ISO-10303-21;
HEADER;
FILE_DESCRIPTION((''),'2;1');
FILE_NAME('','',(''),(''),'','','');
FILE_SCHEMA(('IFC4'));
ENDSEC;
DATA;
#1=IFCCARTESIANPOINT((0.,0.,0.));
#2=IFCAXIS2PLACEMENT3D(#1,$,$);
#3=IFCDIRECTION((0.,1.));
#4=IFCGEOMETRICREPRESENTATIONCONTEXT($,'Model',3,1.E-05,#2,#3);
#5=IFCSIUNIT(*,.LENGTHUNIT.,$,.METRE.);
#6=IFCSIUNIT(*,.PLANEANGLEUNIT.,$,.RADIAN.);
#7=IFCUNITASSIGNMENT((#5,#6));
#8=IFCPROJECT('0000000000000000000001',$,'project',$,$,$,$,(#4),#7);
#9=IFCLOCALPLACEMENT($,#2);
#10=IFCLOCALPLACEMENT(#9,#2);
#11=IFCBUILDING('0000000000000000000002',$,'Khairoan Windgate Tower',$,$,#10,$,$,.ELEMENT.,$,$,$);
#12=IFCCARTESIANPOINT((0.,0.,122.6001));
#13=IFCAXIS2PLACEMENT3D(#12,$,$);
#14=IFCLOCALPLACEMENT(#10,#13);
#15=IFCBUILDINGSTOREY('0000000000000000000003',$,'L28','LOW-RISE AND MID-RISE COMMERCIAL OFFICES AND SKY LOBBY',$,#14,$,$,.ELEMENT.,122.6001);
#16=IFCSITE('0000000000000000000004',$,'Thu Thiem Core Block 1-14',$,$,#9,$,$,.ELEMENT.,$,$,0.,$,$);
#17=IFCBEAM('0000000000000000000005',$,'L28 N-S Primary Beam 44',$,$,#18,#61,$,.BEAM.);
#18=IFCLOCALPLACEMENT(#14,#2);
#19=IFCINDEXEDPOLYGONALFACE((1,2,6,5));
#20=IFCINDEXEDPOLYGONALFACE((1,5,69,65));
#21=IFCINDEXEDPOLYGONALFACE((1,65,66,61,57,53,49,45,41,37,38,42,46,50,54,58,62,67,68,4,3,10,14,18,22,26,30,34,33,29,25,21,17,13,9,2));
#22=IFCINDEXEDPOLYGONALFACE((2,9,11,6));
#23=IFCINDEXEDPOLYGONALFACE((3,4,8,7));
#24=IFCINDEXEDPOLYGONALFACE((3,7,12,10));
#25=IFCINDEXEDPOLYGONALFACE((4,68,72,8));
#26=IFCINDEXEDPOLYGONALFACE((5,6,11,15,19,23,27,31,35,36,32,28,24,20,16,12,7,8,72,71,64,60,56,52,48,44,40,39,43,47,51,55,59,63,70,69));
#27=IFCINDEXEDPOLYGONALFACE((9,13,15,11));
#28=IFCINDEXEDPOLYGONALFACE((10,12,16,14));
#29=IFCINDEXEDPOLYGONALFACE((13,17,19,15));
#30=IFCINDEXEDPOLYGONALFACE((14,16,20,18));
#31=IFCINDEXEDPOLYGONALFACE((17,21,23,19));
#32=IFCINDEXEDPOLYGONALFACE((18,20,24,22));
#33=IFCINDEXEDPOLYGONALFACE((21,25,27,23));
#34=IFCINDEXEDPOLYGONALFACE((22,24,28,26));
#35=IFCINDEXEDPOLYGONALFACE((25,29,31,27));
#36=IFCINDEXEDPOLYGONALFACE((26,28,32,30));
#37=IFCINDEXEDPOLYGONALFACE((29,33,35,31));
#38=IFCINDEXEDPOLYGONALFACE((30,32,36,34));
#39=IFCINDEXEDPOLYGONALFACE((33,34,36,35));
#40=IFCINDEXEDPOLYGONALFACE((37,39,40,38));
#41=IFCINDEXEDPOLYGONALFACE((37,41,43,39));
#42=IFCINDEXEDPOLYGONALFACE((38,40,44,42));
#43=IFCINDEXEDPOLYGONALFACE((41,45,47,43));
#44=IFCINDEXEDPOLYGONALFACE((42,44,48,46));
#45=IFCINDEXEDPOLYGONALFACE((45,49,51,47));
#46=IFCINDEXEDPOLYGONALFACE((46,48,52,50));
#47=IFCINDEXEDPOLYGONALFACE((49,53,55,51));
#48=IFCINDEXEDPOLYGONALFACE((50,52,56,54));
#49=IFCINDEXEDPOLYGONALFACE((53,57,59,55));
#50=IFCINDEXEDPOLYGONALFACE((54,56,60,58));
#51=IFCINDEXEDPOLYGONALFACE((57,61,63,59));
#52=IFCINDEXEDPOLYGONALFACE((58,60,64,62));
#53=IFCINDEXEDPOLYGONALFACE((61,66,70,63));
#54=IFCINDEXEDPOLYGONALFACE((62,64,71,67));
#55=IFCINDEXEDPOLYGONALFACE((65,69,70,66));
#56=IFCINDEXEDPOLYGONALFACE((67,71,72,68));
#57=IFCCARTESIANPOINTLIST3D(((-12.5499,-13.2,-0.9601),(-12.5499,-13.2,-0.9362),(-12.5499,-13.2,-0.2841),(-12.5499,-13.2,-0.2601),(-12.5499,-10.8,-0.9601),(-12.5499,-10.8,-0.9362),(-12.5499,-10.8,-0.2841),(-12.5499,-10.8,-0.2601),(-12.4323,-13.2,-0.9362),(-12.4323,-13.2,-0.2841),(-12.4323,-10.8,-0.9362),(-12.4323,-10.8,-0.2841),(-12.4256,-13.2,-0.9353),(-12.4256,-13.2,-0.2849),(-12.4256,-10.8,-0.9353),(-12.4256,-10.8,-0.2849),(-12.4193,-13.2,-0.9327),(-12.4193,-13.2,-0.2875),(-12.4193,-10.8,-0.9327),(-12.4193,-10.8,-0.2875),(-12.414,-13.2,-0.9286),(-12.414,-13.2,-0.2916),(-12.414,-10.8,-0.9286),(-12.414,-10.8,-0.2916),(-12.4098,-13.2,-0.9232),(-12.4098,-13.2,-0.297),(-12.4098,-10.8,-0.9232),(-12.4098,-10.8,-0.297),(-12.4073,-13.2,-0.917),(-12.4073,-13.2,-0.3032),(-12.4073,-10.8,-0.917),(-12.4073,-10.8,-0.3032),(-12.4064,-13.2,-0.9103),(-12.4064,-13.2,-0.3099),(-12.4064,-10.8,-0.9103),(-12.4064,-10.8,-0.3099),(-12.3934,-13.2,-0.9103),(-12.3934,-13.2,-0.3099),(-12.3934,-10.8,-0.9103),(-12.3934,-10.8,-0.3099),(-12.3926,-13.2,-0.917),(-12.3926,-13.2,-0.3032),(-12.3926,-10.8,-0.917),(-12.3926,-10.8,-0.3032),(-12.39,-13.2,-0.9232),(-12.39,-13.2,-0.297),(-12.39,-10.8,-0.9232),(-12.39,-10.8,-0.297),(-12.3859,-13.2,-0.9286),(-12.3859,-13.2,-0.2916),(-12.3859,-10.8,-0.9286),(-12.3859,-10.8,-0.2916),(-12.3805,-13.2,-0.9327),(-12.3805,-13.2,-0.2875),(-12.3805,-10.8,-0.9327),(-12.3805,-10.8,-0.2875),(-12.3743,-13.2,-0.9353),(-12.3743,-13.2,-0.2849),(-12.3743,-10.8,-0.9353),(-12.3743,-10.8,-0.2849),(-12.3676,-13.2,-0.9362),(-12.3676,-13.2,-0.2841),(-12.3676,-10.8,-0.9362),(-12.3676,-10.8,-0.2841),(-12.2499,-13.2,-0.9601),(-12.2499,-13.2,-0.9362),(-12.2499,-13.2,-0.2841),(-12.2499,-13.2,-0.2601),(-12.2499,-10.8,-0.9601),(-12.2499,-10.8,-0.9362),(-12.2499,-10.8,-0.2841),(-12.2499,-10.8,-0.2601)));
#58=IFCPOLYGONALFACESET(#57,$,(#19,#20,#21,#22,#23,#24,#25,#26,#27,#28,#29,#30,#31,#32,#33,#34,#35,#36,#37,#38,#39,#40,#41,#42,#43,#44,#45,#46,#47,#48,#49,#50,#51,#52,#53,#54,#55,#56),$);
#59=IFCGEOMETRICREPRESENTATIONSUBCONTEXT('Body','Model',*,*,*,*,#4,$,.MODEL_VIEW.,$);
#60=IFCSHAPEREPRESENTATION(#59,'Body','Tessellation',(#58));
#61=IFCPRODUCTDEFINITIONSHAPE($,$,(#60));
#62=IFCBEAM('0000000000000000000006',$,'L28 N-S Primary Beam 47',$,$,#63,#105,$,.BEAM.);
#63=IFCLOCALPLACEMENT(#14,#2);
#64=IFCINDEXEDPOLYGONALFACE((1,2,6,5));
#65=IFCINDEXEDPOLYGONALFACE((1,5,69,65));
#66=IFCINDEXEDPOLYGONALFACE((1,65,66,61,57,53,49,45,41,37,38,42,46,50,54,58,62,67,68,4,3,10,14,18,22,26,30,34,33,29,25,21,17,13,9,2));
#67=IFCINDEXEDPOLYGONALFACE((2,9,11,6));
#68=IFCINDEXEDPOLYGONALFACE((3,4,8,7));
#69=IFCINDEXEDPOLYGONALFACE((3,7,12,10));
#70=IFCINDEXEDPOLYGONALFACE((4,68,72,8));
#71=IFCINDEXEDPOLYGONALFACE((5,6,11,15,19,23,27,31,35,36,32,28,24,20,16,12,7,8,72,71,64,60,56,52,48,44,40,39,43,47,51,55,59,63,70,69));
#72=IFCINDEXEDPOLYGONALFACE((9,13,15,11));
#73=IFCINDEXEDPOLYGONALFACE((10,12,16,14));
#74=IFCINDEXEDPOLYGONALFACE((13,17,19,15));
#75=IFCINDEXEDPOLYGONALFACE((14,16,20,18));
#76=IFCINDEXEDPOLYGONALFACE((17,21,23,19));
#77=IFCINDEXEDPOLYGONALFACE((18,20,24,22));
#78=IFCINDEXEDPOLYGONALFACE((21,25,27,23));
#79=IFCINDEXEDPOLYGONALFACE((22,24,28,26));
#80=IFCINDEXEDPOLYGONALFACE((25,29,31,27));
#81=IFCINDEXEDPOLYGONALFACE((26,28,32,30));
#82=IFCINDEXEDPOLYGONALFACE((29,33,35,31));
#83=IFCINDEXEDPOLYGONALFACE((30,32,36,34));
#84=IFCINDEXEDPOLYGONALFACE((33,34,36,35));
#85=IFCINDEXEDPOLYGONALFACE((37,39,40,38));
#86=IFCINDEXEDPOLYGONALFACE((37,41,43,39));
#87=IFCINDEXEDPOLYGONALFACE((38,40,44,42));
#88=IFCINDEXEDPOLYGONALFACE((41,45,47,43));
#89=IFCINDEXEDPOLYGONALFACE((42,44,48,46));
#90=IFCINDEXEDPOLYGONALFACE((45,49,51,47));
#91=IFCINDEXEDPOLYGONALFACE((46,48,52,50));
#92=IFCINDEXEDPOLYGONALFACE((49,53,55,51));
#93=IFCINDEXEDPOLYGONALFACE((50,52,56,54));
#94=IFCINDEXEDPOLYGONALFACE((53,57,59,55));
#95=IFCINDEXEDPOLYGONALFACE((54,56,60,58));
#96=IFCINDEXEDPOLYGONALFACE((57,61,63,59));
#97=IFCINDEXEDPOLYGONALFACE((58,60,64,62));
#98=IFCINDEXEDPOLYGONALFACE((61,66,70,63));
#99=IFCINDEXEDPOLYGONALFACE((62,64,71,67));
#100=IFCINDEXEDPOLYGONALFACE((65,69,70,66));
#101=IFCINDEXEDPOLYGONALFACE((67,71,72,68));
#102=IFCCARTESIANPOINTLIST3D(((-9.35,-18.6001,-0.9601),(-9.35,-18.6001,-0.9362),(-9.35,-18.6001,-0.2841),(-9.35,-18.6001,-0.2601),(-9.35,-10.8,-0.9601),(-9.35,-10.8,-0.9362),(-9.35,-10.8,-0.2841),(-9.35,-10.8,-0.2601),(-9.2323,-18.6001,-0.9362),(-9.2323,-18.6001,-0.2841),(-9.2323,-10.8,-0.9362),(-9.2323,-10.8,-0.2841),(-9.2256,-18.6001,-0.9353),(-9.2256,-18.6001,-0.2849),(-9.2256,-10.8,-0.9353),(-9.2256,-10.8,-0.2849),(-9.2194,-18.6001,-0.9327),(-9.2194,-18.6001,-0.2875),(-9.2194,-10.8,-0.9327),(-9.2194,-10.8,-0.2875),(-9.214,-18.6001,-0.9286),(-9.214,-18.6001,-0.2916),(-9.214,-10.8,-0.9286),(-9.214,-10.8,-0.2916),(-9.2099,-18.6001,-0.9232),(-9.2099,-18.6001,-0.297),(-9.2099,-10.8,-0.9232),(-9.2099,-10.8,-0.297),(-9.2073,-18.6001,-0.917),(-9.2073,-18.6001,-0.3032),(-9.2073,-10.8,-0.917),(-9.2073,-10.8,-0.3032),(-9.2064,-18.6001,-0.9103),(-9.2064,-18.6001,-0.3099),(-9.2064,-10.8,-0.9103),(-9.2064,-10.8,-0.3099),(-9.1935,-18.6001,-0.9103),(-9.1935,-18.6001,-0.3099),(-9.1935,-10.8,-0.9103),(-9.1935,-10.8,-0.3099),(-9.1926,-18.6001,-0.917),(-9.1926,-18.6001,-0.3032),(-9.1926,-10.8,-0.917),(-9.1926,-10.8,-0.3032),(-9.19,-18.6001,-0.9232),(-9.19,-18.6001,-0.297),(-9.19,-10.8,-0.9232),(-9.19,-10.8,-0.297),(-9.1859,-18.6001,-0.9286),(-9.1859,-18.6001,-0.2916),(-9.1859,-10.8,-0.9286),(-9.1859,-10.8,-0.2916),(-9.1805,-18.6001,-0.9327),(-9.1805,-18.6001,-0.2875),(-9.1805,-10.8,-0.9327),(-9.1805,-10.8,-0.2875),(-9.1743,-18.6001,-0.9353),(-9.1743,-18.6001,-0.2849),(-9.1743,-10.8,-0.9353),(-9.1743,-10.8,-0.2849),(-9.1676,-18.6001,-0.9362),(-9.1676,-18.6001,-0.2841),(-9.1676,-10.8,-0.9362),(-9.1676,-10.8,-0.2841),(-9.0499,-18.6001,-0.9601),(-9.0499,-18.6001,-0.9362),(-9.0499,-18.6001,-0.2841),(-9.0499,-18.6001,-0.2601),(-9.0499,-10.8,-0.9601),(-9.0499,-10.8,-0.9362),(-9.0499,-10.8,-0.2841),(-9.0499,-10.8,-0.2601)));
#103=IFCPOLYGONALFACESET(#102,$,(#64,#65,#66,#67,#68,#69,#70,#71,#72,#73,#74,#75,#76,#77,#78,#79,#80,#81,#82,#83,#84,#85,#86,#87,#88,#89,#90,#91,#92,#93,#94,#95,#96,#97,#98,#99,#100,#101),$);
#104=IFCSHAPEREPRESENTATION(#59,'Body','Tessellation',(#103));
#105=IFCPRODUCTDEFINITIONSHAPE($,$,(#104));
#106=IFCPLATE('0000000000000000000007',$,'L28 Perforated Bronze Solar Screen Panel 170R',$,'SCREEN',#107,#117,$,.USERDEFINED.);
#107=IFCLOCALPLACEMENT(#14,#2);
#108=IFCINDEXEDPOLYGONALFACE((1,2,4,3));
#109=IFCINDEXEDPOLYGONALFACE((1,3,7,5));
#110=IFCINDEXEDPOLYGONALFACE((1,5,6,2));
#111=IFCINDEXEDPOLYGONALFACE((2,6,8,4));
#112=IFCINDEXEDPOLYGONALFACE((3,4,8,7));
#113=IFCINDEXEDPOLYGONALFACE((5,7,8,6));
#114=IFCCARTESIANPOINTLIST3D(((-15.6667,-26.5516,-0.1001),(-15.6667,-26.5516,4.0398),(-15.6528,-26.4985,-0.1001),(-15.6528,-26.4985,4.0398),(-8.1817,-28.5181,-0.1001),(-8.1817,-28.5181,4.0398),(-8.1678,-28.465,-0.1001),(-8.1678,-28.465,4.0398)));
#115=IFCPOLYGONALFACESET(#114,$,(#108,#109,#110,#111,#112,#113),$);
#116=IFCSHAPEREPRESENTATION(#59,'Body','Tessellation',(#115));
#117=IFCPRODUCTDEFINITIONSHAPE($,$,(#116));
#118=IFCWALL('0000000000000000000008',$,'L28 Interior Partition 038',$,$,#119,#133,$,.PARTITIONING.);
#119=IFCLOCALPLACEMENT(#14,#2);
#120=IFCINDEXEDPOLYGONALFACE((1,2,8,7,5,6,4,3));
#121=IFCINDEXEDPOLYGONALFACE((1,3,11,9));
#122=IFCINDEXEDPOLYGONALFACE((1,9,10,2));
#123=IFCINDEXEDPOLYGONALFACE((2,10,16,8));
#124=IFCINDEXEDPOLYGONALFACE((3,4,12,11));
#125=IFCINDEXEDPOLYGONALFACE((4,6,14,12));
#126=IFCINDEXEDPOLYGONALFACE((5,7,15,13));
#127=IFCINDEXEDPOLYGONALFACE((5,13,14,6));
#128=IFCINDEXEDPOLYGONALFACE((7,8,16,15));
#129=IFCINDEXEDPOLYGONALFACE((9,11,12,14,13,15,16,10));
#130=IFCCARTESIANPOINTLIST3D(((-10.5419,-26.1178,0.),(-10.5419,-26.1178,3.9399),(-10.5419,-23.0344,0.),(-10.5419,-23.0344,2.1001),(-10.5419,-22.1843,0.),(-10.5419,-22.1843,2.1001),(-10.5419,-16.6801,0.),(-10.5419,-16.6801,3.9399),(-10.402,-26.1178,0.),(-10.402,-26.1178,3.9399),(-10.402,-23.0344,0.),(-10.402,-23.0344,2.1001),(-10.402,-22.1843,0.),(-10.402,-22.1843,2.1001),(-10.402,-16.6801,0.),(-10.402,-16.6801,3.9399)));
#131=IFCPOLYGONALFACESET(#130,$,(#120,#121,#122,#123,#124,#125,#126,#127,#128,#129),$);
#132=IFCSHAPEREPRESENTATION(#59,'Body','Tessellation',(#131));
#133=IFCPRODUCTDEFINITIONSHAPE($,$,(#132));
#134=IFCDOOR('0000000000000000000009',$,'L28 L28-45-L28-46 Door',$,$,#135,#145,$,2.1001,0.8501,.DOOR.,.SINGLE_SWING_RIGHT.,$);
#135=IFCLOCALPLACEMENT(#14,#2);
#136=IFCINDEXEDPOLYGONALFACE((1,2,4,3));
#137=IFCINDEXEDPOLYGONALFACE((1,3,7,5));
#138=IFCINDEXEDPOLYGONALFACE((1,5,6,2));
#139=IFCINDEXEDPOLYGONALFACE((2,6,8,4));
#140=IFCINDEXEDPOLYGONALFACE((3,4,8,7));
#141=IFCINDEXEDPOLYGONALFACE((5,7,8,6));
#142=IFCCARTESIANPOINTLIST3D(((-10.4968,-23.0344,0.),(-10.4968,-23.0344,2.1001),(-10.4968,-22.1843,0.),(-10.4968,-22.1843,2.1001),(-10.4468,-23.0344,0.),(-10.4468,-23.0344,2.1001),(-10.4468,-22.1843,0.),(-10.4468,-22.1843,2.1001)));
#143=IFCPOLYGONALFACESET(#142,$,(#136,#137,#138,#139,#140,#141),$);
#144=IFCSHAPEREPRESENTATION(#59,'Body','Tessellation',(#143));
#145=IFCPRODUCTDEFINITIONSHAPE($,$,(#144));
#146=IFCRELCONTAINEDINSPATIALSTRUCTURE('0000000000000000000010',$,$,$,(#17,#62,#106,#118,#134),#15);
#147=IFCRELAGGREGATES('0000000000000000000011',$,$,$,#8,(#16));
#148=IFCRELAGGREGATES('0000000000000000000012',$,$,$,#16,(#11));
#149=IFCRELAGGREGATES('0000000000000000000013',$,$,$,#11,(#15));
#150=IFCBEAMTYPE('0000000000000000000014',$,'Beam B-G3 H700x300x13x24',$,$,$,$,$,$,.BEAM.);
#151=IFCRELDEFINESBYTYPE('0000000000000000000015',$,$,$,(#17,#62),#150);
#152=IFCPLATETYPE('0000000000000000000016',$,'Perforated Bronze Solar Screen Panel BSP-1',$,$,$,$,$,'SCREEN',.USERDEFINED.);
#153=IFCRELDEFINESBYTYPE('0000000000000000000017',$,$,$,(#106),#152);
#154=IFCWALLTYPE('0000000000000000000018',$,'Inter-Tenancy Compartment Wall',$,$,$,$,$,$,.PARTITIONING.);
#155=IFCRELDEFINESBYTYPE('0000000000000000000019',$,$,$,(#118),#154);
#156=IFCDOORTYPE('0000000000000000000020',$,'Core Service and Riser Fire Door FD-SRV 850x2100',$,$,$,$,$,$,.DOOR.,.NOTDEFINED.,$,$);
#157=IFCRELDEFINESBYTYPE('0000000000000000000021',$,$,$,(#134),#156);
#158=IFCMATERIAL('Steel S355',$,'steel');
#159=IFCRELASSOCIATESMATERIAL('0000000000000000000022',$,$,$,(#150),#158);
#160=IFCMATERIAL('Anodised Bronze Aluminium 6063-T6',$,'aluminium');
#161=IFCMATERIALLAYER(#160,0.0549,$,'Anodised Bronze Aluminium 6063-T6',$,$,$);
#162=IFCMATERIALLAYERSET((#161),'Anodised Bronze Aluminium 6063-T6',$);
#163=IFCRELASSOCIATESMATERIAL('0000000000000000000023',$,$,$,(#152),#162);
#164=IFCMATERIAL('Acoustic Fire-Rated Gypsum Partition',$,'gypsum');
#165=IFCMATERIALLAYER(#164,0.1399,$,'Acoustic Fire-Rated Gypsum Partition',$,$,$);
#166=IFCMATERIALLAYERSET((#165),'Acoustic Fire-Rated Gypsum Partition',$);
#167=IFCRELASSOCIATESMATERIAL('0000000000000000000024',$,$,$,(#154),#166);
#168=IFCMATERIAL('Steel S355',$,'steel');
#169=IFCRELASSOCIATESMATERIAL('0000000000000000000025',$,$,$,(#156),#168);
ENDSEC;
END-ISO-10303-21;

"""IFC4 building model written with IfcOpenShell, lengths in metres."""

from ifc_helpers import new_model, si_unit, direction, frame, frame_2d, origin, origin_2d, place, context, subcontext, project, spatial, rectangle, i_section, extrude, material, layer, layer_set, material_profile, profile_set, type_object, element, fill, save


model = new_model("IFC4")

# Units and contexts
model_context = context("Model", 3, precision=1e-05, world=origin(), true_north=direction((0.0, 1.0)))
body_context = subcontext(model_context, "Body", "Model", "MODEL_VIEW")
ifc_project = project(units=[si_unit("LENGTHUNIT", "METRE"), si_unit("PLANEANGLEUNIT", "RADIAN")], contexts=[model_context])

# Site, building, storey
site_placement = place(None, origin())
site = spatial("IfcSite", under=ifc_project, at=site_placement, Name="Thu Thiem Core Block 1-14", CompositionType="ELEMENT", RefElevation=0.0)
building_placement = place(site_placement, origin())
building = spatial("IfcBuilding", under=site, at=building_placement, Name="Khairoan Windgate Tower", CompositionType="ELEMENT")
storey_placement = place(building_placement, frame((0.0, 0.0, 122.6001)))
storey = spatial("IfcBuildingStorey", under=building, at=storey_placement, Name="L28", Description="LOW-RISE AND MID-RISE COMMERCIAL OFFICES AND SKY LOBBY", CompositionType="ELEMENT", Elevation=122.6001)

# Beams
ifc_material_1 = material(Name="Steel S355", Category="steel")
ifc_material_profile_1 = material_profile(ifc_material_1, i_section(OverallWidth=0.3, OverallDepth=0.7, WebThickness=0.0129, FlangeThickness=0.0239, FilletRadius=0.0259, at=origin_2d()))
ifc_profile_set_1 = profile_set([ifc_material_profile_1], Name="Steel S355")
beam_type = type_object("IfcBeamType", Name="Beam B-G3 H700x300x13x24", PredefinedType="BEAM", material=ifc_profile_set_1)
beam_1_placement = place(storey_placement, frame((-12.3999, -13.2, -0.6101), z_axis=(0.0, 1.0, 0.0), x_axis=(-1.0, 0.0, 0.0)))
element("IfcBeam", 1, at=beam_1_placement, inside=storey, type_object=beam_type, Name="L28 N-S Primary Beam 44", PredefinedType="BEAM", context=body_context, shape_type="SweptSolid", body=[
    extrude(i_section(OverallWidth=0.3, OverallDepth=0.7, WebThickness=0.0129, FlangeThickness=0.0239, FilletRadius=0.0259, at=origin_2d()), origin(), (0.0, 0.0, 1.0), 2.3999),
])
beam_2_placement = place(storey_placement, frame((-9.2, -18.6001, -0.6101), z_axis=(0.0, 1.0, 0.0), x_axis=(-1.0, 0.0, 0.0)))
element("IfcBeam", 2, at=beam_2_placement, inside=storey, type_object=beam_type, Name="L28 N-S Primary Beam 47", PredefinedType="BEAM", context=body_context, shape_type="SweptSolid", body=[
    extrude(i_section(OverallWidth=0.3, OverallDepth=0.7, WebThickness=0.0129, FlangeThickness=0.0239, FilletRadius=0.0259, at=origin_2d()), origin(), (0.0, 0.0, 1.0), 7.8),
])

# Plate
ifc_material_2 = material(Name="Anodised Bronze Aluminium 6063-T6", Category="aluminium")
ifc_layer_1 = layer(ifc_material_2, 0.0549, Name="Anodised Bronze Aluminium 6063-T6")
ifc_layer_set_1 = layer_set([ifc_layer_1], Name="Anodised Bronze Aluminium 6063-T6")
plate_type = type_object("IfcPlateType", Name="Perforated Bronze Solar Screen Panel BSP-1", ElementType="SCREEN", PredefinedType="USERDEFINED", material=ifc_layer_set_1)
plate_placement = place(storey_placement, frame((-11.9172, -27.5083, -0.1001), z_axis=(0.0, 0.0, 1.0), x_axis=(-0.967179, 0.254096, 0.0)))
element("IfcPlate", 3, at=plate_placement, inside=storey, type_object=plate_type, Name="L28 Perforated Bronze Solar Screen Panel 170R", ObjectType="SCREEN", PredefinedType="USERDEFINED", context=body_context, shape_type="SweptSolid", body=[
    extrude(rectangle(XDim=7.739, YDim=0.0549, at=origin_2d()), origin(), (0.0, 0.0, 1.0), 4.1399),
])

# Wall, opening, door
ifc_material_3 = material(Name="Acoustic Fire-Rated Gypsum Partition", Category="gypsum")
ifc_layer_2 = layer(ifc_material_3, 0.1399, Name="Acoustic Fire-Rated Gypsum Partition")
ifc_layer_set_2 = layer_set([ifc_layer_2], Name="Acoustic Fire-Rated Gypsum Partition")
wall_type_1 = type_object("IfcWallType", Name="Inter-Tenancy Compartment Wall", PredefinedType="PARTITIONING", material=ifc_layer_set_2)
wall_1_placement = place(storey_placement, frame((-10.4719, -26.1177, 0.0), z_axis=(0.0, 0.0, 1.0), x_axis=(0.0, 1.0, 0.0)))
wall_1 = element("IfcWall", 4, at=wall_1_placement, inside=storey, type_object=wall_type_1, Name="L28 Interior Partition 038", PredefinedType="PARTITIONING", context=body_context, shape_type="SweptSolid", body=[
    extrude(rectangle(XDim=9.4377, YDim=0.1399, at=frame_2d((4.7188, 0.0))), origin(), (0.0, 0.0, 1.0), 3.9399),
])
opening_1_placement = place(wall_1_placement, frame((3.0833, 0.0, 0.0)))
opening_1 = element("IfcOpeningElement", 5, at=opening_1_placement, cuts=wall_1, PredefinedType="OPENING", context=body_context, shape_type="SweptSolid", body=[
    extrude(rectangle(XDim=0.8501, YDim=2.1001, at=frame_2d((0.425, 1.05))), frame((0.0, 0.0798, 0.0), z_axis=(0.0, -1.0, 0.0), x_axis=(1.0, 0.0, 0.0)), (0.0, 0.0, 1.0), 0.1599),
])
ifc_material_4 = material(Name="Steel S355", Category="steel")
door_type_1 = type_object("IfcDoorType", Name="Core Service and Riser Fire Door FD-SRV 850x2100", OperationType="NOTDEFINED", PredefinedType="DOOR", material=ifc_material_4)
door_1_placement = place(opening_1_placement, origin())
door_1 = element("IfcDoor", 6, at=door_1_placement, inside=storey, type_object=door_type_1, Name="L28 L28-45-L28-46 Door", OperationType="SINGLE_SWING_RIGHT", OverallHeight=2.1001, OverallWidth=0.8501, PredefinedType="DOOR", context=body_context, shape_type="SweptSolid", body=[
    extrude(rectangle(XDim=0.8501, YDim=2.1001, at=frame_2d((0.425, 1.05))), frame((0.0, 0.0249, 0.0), z_axis=(0.0, -1.0, 0.0), x_axis=(1.0, 0.0, 0.0)), (0.0, 0.0, 1.0), 0.05),
])
fill(opening_1, door_1)

save(model, "model.ifc")
